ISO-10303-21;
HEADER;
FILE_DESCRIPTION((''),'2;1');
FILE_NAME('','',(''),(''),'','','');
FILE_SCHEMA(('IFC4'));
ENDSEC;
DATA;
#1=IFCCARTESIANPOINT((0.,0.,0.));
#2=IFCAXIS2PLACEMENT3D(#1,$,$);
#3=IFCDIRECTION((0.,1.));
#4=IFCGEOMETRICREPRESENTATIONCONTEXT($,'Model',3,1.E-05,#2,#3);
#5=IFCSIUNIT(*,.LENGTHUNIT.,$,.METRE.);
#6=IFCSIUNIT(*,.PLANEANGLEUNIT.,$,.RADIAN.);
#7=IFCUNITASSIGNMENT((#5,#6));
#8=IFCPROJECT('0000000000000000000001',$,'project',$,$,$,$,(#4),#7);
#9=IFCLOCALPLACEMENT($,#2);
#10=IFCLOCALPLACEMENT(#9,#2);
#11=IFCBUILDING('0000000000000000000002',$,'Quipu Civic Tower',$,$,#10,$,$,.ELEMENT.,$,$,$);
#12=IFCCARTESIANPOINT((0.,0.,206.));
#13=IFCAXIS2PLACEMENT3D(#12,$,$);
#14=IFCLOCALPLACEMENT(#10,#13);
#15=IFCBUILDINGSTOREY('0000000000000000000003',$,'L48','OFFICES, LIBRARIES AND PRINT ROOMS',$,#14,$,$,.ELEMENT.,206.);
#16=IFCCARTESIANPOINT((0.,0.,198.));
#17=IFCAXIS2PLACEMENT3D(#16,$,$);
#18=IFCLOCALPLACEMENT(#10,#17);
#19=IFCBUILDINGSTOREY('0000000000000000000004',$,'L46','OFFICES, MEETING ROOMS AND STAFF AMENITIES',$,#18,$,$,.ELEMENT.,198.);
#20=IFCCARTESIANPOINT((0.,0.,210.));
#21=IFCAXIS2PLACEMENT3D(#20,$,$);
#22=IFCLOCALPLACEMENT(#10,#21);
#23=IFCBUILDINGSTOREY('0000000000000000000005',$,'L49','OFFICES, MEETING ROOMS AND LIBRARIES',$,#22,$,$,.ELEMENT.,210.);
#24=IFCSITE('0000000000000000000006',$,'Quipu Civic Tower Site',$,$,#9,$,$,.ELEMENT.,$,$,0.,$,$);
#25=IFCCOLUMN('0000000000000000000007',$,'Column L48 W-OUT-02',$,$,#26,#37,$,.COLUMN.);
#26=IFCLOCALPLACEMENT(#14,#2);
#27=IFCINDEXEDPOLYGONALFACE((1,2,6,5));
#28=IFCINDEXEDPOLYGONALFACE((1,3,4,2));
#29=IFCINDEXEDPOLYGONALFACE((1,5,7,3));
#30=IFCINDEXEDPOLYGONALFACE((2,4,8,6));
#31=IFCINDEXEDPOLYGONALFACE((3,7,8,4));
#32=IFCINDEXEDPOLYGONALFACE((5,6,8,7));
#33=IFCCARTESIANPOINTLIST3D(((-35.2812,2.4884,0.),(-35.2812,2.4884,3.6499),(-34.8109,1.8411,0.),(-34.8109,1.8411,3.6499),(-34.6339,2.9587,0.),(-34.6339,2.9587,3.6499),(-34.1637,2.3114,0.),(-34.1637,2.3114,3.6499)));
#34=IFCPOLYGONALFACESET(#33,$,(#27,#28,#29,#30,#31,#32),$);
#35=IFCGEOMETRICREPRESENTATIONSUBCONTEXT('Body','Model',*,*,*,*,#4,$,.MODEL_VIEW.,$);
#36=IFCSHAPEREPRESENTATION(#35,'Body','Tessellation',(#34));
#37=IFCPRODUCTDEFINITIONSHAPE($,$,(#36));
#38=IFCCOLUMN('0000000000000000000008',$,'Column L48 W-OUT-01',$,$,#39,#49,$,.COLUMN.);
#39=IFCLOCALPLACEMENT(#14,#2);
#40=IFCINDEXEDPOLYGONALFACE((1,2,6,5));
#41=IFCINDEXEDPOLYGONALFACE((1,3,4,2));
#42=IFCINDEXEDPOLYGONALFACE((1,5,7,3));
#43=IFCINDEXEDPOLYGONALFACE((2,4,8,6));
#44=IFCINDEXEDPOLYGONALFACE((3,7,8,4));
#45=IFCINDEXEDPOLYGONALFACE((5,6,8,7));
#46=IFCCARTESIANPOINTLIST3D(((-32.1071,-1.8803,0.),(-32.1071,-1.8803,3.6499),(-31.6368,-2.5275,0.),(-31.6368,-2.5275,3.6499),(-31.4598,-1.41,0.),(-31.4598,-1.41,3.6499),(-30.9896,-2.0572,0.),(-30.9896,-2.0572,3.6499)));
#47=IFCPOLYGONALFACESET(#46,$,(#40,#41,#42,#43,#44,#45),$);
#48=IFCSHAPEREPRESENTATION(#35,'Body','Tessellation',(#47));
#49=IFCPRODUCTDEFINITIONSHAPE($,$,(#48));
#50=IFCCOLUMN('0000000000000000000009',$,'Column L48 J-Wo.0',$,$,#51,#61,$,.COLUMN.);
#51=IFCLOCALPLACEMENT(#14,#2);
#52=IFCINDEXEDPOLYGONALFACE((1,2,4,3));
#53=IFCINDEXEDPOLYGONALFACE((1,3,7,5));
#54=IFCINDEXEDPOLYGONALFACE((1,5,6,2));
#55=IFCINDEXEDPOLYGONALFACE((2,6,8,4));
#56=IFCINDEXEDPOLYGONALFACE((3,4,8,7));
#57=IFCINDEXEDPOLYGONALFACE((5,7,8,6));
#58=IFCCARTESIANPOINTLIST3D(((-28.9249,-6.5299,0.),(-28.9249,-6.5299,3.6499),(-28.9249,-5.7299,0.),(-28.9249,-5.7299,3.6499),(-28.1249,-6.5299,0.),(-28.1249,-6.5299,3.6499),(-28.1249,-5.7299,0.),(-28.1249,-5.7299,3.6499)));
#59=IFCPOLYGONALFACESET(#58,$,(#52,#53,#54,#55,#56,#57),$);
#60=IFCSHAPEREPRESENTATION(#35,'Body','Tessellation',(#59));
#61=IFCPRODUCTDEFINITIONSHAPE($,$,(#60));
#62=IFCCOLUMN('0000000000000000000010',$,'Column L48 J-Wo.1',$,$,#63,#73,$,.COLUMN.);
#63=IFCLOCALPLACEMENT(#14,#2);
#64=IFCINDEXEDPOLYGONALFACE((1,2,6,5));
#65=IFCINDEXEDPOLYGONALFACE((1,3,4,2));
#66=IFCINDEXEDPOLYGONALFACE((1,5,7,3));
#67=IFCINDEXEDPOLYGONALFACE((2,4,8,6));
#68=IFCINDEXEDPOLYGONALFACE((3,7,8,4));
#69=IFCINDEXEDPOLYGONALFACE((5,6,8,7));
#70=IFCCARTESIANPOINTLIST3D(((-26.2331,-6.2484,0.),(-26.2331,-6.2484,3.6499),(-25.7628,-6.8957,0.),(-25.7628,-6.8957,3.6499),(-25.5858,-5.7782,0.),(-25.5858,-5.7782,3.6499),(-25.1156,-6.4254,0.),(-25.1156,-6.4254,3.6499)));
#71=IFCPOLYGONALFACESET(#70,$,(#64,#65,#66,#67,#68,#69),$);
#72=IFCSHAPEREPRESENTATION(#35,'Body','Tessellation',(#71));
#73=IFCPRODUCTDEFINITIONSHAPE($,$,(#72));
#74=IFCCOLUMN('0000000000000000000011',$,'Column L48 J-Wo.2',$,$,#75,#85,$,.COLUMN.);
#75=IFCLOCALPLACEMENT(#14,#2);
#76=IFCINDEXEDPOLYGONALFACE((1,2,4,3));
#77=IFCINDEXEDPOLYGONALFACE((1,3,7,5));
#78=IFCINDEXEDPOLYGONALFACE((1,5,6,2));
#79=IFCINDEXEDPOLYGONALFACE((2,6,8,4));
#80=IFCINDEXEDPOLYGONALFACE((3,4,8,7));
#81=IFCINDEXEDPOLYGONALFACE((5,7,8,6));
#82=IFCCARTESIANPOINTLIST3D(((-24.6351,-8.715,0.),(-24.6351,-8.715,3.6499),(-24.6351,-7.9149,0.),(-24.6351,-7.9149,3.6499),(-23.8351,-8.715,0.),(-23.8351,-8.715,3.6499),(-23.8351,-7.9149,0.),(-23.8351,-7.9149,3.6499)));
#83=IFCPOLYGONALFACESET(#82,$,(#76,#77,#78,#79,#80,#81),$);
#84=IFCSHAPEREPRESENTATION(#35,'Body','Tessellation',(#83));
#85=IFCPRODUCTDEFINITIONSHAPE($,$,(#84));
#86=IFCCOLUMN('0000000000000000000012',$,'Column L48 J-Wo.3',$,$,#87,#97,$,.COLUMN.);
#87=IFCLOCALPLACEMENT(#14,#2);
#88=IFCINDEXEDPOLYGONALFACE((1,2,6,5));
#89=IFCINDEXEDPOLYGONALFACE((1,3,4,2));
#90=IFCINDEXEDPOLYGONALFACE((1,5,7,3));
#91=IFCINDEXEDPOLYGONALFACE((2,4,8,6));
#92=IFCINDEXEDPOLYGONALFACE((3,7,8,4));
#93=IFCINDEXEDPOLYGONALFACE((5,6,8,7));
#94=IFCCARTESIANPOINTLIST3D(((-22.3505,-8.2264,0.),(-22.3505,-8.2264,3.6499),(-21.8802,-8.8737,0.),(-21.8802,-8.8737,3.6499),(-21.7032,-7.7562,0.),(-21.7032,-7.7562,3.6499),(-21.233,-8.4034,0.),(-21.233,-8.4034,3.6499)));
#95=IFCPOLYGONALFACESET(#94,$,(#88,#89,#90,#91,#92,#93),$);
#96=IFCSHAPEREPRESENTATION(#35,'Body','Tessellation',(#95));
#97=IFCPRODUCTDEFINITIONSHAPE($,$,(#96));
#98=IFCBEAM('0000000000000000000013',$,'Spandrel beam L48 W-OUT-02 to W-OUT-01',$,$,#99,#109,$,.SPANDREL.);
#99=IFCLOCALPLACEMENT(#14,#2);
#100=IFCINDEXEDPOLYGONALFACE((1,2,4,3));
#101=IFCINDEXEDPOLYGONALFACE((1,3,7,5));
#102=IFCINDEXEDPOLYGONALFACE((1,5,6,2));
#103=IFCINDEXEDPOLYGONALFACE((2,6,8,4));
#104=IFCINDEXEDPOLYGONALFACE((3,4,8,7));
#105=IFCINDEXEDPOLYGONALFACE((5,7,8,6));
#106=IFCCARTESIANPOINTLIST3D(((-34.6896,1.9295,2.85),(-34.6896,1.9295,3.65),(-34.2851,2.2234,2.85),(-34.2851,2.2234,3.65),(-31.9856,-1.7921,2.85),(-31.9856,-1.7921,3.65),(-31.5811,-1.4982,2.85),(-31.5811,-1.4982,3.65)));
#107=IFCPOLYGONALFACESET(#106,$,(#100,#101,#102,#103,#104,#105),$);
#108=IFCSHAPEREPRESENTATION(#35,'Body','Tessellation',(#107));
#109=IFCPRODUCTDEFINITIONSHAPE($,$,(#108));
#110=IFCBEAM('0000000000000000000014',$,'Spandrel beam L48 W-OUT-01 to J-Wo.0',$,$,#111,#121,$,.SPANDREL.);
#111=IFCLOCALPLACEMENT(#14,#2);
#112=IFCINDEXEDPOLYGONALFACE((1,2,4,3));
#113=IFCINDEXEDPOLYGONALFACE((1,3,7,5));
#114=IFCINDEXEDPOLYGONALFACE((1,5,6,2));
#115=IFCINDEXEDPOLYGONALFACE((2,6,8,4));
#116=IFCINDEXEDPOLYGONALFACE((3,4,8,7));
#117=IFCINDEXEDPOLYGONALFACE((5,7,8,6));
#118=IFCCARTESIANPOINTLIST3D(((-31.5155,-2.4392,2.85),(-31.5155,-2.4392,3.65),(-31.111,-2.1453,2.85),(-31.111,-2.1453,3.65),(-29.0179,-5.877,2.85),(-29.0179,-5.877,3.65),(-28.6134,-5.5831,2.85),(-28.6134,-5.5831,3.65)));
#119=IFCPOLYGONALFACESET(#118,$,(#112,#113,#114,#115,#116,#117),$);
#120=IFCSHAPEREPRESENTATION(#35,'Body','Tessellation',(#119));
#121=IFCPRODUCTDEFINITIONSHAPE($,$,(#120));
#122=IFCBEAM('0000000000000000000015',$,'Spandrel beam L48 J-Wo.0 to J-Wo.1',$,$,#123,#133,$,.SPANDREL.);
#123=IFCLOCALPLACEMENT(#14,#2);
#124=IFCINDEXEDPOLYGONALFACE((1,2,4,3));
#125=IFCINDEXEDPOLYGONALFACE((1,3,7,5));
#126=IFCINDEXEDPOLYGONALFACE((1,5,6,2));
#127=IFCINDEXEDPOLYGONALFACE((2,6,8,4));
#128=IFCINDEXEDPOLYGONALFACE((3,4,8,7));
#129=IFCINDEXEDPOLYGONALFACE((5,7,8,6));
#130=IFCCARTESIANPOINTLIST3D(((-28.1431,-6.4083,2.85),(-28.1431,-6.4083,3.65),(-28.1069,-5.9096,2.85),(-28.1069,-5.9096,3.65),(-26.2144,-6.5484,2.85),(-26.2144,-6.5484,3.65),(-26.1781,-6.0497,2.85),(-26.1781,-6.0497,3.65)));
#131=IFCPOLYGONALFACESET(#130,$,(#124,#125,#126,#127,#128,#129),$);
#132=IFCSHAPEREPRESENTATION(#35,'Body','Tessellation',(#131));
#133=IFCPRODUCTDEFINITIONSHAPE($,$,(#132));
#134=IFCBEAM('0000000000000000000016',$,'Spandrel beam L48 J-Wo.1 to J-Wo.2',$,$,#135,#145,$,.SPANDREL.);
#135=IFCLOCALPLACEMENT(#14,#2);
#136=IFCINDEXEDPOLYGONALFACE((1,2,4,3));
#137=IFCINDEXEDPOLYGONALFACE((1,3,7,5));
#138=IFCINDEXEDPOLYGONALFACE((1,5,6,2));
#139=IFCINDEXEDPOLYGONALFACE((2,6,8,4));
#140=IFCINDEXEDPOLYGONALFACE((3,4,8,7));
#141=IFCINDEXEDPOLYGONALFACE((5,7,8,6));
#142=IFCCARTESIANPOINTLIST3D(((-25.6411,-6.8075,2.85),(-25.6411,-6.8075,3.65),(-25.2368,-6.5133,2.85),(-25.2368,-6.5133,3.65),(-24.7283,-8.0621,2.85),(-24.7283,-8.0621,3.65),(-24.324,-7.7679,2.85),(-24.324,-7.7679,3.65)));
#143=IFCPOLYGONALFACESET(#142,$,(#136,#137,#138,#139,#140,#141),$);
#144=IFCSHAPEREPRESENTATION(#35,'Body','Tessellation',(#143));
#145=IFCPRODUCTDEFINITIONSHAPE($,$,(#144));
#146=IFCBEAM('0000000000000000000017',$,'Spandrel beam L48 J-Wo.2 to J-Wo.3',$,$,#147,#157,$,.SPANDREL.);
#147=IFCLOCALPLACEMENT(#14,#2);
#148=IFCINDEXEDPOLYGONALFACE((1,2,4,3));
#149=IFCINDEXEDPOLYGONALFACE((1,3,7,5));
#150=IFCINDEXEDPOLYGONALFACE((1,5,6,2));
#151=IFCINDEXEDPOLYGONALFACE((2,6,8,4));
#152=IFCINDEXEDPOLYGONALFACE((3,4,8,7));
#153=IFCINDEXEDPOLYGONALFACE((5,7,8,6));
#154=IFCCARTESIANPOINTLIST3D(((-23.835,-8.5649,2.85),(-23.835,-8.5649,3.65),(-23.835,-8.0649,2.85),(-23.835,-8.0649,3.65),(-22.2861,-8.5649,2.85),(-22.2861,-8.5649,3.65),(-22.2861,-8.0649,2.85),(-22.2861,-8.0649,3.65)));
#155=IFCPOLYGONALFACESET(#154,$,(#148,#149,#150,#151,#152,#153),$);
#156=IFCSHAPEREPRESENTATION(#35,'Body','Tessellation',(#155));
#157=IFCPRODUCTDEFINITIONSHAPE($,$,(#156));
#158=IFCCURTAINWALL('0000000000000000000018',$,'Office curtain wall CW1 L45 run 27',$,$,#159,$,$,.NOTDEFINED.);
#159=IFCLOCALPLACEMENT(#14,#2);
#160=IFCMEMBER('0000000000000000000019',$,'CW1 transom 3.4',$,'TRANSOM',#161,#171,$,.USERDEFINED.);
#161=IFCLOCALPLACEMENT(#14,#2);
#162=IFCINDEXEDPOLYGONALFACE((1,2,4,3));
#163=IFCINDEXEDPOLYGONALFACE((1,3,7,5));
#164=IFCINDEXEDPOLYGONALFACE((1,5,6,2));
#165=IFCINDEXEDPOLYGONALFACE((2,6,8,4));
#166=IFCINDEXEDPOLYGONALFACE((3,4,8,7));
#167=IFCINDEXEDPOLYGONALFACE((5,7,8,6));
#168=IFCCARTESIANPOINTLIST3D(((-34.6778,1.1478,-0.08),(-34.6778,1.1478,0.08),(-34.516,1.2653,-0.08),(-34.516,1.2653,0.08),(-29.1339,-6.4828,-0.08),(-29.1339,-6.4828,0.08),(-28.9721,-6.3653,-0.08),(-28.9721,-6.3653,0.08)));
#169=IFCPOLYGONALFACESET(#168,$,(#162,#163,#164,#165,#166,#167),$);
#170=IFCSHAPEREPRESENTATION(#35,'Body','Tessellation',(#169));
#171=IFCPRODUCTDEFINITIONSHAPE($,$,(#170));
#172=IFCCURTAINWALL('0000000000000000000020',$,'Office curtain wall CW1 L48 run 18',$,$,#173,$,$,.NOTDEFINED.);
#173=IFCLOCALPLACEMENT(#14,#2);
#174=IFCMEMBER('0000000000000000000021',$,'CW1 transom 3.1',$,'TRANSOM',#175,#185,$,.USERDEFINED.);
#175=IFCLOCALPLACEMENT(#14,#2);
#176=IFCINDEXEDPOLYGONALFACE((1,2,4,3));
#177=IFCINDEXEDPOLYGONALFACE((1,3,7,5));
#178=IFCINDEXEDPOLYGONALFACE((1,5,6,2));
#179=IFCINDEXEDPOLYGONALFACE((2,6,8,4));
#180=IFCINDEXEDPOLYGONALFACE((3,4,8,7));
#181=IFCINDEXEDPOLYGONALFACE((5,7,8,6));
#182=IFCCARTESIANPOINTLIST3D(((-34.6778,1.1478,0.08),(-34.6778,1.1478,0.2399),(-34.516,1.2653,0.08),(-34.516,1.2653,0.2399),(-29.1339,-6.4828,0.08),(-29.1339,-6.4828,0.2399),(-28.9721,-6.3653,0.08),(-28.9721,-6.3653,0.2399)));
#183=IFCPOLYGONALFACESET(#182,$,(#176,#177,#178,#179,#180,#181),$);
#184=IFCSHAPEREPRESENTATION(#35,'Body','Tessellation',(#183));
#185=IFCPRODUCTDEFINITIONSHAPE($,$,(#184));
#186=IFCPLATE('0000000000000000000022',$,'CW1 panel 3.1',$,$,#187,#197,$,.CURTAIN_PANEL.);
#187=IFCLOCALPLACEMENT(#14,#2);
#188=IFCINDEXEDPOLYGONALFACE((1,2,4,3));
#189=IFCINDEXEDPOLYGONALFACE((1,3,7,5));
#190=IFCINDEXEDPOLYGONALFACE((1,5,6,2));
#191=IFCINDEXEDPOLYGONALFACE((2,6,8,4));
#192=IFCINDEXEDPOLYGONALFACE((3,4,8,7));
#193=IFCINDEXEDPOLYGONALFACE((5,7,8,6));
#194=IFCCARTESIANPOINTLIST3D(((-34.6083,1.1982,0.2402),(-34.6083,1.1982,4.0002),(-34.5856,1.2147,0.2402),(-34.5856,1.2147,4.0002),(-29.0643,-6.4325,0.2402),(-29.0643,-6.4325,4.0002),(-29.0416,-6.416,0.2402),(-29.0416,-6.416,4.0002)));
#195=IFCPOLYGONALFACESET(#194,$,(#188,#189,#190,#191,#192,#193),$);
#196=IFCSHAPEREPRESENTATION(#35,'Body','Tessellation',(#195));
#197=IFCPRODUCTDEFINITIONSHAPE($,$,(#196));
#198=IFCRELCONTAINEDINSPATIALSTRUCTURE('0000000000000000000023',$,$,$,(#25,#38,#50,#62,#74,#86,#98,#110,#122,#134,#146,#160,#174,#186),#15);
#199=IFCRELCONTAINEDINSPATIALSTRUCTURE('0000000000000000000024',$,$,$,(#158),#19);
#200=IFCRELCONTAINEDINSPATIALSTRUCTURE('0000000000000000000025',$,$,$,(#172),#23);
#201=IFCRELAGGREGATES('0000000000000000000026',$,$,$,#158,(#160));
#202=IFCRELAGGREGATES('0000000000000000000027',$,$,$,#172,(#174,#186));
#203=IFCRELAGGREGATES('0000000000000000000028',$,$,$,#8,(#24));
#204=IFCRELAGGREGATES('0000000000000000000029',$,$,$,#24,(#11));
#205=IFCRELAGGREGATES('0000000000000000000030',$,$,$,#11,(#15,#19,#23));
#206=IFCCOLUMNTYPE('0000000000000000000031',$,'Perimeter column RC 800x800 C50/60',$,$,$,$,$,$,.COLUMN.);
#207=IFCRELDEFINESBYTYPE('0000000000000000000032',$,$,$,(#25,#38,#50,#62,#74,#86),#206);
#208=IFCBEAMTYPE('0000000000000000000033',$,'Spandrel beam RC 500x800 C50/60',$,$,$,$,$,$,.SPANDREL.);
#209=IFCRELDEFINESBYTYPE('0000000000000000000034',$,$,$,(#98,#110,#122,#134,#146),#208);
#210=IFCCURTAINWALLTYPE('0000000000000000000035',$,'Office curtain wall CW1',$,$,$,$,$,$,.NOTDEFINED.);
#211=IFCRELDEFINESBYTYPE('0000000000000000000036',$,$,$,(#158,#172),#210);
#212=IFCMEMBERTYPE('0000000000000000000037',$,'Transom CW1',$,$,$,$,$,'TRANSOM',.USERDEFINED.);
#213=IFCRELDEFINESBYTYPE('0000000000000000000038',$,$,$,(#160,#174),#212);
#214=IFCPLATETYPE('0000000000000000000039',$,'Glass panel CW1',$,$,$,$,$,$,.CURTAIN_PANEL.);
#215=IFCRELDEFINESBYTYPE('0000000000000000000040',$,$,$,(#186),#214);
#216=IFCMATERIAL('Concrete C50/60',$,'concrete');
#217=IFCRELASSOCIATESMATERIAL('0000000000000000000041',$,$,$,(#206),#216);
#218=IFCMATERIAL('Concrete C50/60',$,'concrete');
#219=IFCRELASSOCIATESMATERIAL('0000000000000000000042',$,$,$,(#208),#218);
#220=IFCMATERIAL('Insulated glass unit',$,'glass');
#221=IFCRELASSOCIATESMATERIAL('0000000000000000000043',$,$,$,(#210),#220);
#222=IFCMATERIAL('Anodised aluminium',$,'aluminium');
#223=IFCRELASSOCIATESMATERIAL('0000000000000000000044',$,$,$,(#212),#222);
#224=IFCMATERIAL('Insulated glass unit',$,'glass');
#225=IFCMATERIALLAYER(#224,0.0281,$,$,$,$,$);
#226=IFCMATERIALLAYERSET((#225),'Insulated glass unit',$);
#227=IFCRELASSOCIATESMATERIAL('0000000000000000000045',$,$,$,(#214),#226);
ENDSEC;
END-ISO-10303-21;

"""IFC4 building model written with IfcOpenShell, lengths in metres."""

from ifc_helpers import new_model, si_unit, direction, frame, origin, origin_2d, place, context, subcontext, project, spatial, rectangle, extrude, material, layer, layer_set, material_profile, profile_set, type_object, element, aggregate, save


model = new_model("IFC4")

# Units and contexts
model_context = context("Model", 3, precision=1e-05, world=origin(), true_north=direction((0.0, 1.0)))
body_context = subcontext(model_context, "Body", "Model", "MODEL_VIEW")
ifc_project = project(units=[si_unit("LENGTHUNIT", "METRE"), si_unit("PLANEANGLEUNIT", "RADIAN")], contexts=[model_context])

# Site, building, storey
site_placement = place(None, origin())
site = spatial("IfcSite", under=ifc_project, at=site_placement, Name="Quipu Civic Tower Site", CompositionType="ELEMENT", RefElevation=0.0)
building_placement = place(site_placement, origin())
building = spatial("IfcBuilding", under=site, at=building_placement, Name="Quipu Civic Tower", CompositionType="ELEMENT")
storey_1_placement = place(building_placement, frame((0.0, 0.0, 206.0)))
storey_1 = spatial("IfcBuildingStorey", under=building, at=storey_1_placement, Name="L48", Description="OFFICES, LIBRARIES AND PRINT ROOMS", CompositionType="ELEMENT", Elevation=206.0)

# Columns
ifc_material_1 = material(Name="Concrete C50/60", Category="concrete")
ifc_material_profile_1 = material_profile(ifc_material_1, rectangle(XDim=0.8, YDim=0.8, at=origin_2d()), Name="RC800x800")
ifc_profile_set_1 = profile_set([ifc_material_profile_1], Name="Concrete C50/60")
column_type = type_object("IfcColumnType", Name="Perimeter column RC 800x800 C50/60", PredefinedType="COLUMN", material=ifc_profile_set_1)
for number, where, z_axis, x_axis, name in (
    (1, (-34.7224, 2.3999, 0.0), (0.0, 0.0, 1.0), (0.587785, -0.809017, 0.0), "Column L48 W-OUT-02"),
    (2, (-31.5483, -1.9688, 0.0), (0.0, 0.0, 1.0), (0.587785, -0.809017, 0.0), "Column L48 W-OUT-01"),
    (3, (-28.5249, -6.1299, 0.0), (0.0, 0.0, 1.0), (1.0, 0.0, 0.0), "Column L48 J-Wo.0"),
    (4, (-25.6743, -6.3369, 0.0), (0.0, 0.0, 1.0), (0.587785, -0.809017, 0.0), "Column L48 J-Wo.1"),
    (5, (-24.2351, -8.3149, 0.0), (0.0, 0.0, 1.0), (1.0, 0.0, 0.0), "Column L48 J-Wo.2"),
    (6, (-21.7917, -8.3149, 0.0), (0.0, 0.0, 1.0), (0.587785, -0.809017, 0.0), "Column L48 J-Wo.3"),
):
    element("IfcColumn", number, at=place(storey_1_placement, frame(where, z_axis=z_axis, x_axis=x_axis)), inside=storey_1, type_object=column_type, Name=name, PredefinedType="COLUMN", context=body_context, shape_type="SweptSolid", body=[
        extrude(rectangle(XDim=0.8, YDim=0.8, at=origin_2d()), origin(), (0.0, 0.0, 1.0), 3.6499),
    ])

# Beams
ifc_material_2 = material(Name="Concrete C50/60", Category="concrete")
ifc_material_profile_2 = material_profile(ifc_material_2, rectangle(XDim=0.5, YDim=0.8, at=origin_2d()), Name="RC500x800")
ifc_profile_set_2 = profile_set([ifc_material_profile_2], Name="Concrete C50/60")
beam_type = type_object("IfcBeamType", Name="Spandrel beam RC 500x800 C50/60", PredefinedType="SPANDREL", material=ifc_profile_set_2)
beam_1_placement = place(storey_1_placement, frame((-34.4873, 2.0764, 3.25), z_axis=(0.587796, -0.809009, 0.0), x_axis=(0.809009, 0.587796, 0.0)))
element("IfcBeam", 7, at=beam_1_placement, inside=storey_1, type_object=beam_type, Name="Spandrel beam L48 W-OUT-02 to W-OUT-01", PredefinedType="SPANDREL", context=body_context, shape_type="SweptSolid", body=[
    extrude(rectangle(XDim=0.5, YDim=0.8, at=origin_2d()), origin(), (0.0, 0.0, 1.0), 4.6001),
])
beam_2_placement = place(storey_1_placement, frame((-31.3132, -2.2922, 3.25), z_axis=(0.587769, -0.809029, 0.0), x_axis=(0.809029, 0.587769, 0.0)))
element("IfcBeam", 8, at=beam_2_placement, inside=storey_1, type_object=beam_type, Name="Spandrel beam L48 W-OUT-01 to J-Wo.0", PredefinedType="SPANDREL", context=body_context, shape_type="SweptSolid", body=[
    extrude(rectangle(XDim=0.5, YDim=0.8, at=origin_2d()), origin(), (0.0, 0.0, 1.0), 4.2493),
])
beam_3_placement = place(storey_1_placement, frame((-28.125, -6.1589, 3.25), z_axis=(0.997371, -0.072467, 0.0), x_axis=(0.072467, 0.997371, 0.0)))
element("IfcBeam", 9, at=beam_3_placement, inside=storey_1, type_object=beam_type, Name="Spandrel beam L48 J-Wo.0 to J-Wo.1", PredefinedType="SPANDREL", context=body_context, shape_type="SweptSolid", body=[
    extrude(rectangle(XDim=0.5, YDim=0.8, at=origin_2d()), origin(), (0.0, 0.0, 1.0), 1.9338),
])
beam_4_placement = place(storey_1_placement, frame((-25.439, -6.6604, 3.25), z_axis=(0.588331, -0.80862, 0.0), x_axis=(0.80862, 0.588331, 0.0)))
element("IfcBeam", 10, at=beam_4_placement, inside=storey_1, type_object=beam_type, Name="Spandrel beam L48 J-Wo.1 to J-Wo.2", PredefinedType="SPANDREL", context=body_context, shape_type="SweptSolid", body=[
    extrude(rectangle(XDim=0.5, YDim=0.8, at=origin_2d()), origin(), (0.0, 0.0, 1.0), 1.5515),
])
beam_5_placement = place(storey_1_placement, frame((-23.835, -8.3149, 3.25), z_axis=(1.0, 0.0, 0.0), x_axis=(0.0, 1.0, 0.0)))
element("IfcBeam", 11, at=beam_5_placement, inside=storey_1, type_object=beam_type, Name="Spandrel beam L48 J-Wo.2 to J-Wo.3", PredefinedType="SPANDREL", context=body_context, shape_type="SweptSolid", body=[
    extrude(rectangle(XDim=0.5, YDim=0.8, at=origin_2d()), origin(), (0.0, 0.0, 1.0), 1.5488),
])

# Shared definitions
storey_2_placement = place(building_placement, frame((0.0, 0.0, 198.0)))
storey_2 = spatial("IfcBuildingStorey", under=building, at=storey_2_placement, Name="L46", Description="OFFICES, MEETING ROOMS AND STAFF AMENITIES", CompositionType="ELEMENT", Elevation=198.0)

# Curtain wall, member
ifc_material_3 = material(Name="Insulated glass unit", Category="glass")
curtain_wall_type = type_object("IfcCurtainWallType", Name="Office curtain wall CW1", PredefinedType="NOTDEFINED", material=ifc_material_3)
curtain_wall_1_placement = place(storey_2_placement, origin())
curtain_wall_1 = element("IfcCurtainWall", 12, at=curtain_wall_1_placement, inside=storey_2, type_object=curtain_wall_type, Name="Office curtain wall CW1 L45 run 27", PredefinedType="NOTDEFINED")
ifc_material_4 = material(Name="Anodised aluminium", Category="aluminium")
ifc_material_profile_3 = material_profile(ifc_material_4, rectangle(XDim=0.2, YDim=0.1599, at=origin_2d()), Name="RECT 200x160")
ifc_profile_set_3 = profile_set([ifc_material_profile_3], Name="Anodised aluminium")
member_type = type_object("IfcMemberType", Name="Transom CW1", ElementType="TRANSOM", PredefinedType="USERDEFINED", material=ifc_profile_set_3)
member_1_placement = place(storey_1_placement, frame((-34.5969, 1.2065, 0.0), z_axis=(0.587784, -0.809018, 0.0), x_axis=(0.809018, 0.587784, 0.0)))
member_1 = element("IfcMember", 13, at=member_1_placement, inside=storey_1, type_object=member_type, Name="CW1 transom 3.4", ObjectType="TRANSOM", PredefinedType="USERDEFINED", context=body_context, shape_type="SweptSolid", body=[
    extrude(rectangle(XDim=0.2, YDim=0.1599, at=origin_2d()), origin(), (0.0, 0.0, 1.0), 9.4319),
])
aggregate(curtain_wall_1, [member_1])

# Shared definitions
storey_3_placement = place(building_placement, frame((0.0, 0.0, 210.0)))
storey_3 = spatial("IfcBuildingStorey", under=building, at=storey_3_placement, Name="L49", Description="OFFICES, MEETING ROOMS AND LIBRARIES", CompositionType="ELEMENT", Elevation=210.0)

# Curtain wall, member, plate
curtain_wall_2_placement = place(storey_3_placement, origin())
curtain_wall_2 = element("IfcCurtainWall", 14, at=curtain_wall_2_placement, inside=storey_3, type_object=curtain_wall_type, Name="Office curtain wall CW1 L48 run 18", PredefinedType="NOTDEFINED")
member_2_placement = place(storey_1_placement, frame((-34.5969, 1.2065, 0.1599), z_axis=(0.587784, -0.809018, 0.0), x_axis=(0.809018, 0.587784, 0.0)))
member_2 = element("IfcMember", 15, at=member_2_placement, inside=storey_1, type_object=member_type, Name="CW1 transom 3.1", ObjectType="TRANSOM", PredefinedType="USERDEFINED", context=body_context, shape_type="SweptSolid", body=[
    extrude(rectangle(XDim=0.2, YDim=0.1599, at=origin_2d()), origin(), (0.0, 0.0, 1.0), 9.4319),
])
ifc_material_5 = material(Name="Insulated glass unit", Category="glass")
ifc_layer = layer(ifc_material_5, 0.0281)
ifc_layer_set = layer_set([ifc_layer], Name="Insulated glass unit")
plate_type_1 = type_object("IfcPlateType", Name="Glass panel CW1", PredefinedType="CURTAIN_PANEL", material=ifc_layer_set)
plate_placement = place(storey_1_placement, frame((-31.825, -2.6089, 0.2402), z_axis=(0.0, 0.0, 1.0), x_axis=(0.587786, -0.809017, 0.0)))
plate = element("IfcPlate", 16, at=plate_placement, inside=storey_1, type_object=plate_type_1, Name="CW1 panel 3.1", PredefinedType="CURTAIN_PANEL", context=body_context, shape_type="SweptSolid", body=[
    extrude(rectangle(XDim=9.4321, YDim=0.0281, at=origin_2d()), origin(), (0.0, 0.0, 1.0), 3.76),
])
aggregate(curtain_wall_2, [member_2, plate])

save(model, "model.ifc")
